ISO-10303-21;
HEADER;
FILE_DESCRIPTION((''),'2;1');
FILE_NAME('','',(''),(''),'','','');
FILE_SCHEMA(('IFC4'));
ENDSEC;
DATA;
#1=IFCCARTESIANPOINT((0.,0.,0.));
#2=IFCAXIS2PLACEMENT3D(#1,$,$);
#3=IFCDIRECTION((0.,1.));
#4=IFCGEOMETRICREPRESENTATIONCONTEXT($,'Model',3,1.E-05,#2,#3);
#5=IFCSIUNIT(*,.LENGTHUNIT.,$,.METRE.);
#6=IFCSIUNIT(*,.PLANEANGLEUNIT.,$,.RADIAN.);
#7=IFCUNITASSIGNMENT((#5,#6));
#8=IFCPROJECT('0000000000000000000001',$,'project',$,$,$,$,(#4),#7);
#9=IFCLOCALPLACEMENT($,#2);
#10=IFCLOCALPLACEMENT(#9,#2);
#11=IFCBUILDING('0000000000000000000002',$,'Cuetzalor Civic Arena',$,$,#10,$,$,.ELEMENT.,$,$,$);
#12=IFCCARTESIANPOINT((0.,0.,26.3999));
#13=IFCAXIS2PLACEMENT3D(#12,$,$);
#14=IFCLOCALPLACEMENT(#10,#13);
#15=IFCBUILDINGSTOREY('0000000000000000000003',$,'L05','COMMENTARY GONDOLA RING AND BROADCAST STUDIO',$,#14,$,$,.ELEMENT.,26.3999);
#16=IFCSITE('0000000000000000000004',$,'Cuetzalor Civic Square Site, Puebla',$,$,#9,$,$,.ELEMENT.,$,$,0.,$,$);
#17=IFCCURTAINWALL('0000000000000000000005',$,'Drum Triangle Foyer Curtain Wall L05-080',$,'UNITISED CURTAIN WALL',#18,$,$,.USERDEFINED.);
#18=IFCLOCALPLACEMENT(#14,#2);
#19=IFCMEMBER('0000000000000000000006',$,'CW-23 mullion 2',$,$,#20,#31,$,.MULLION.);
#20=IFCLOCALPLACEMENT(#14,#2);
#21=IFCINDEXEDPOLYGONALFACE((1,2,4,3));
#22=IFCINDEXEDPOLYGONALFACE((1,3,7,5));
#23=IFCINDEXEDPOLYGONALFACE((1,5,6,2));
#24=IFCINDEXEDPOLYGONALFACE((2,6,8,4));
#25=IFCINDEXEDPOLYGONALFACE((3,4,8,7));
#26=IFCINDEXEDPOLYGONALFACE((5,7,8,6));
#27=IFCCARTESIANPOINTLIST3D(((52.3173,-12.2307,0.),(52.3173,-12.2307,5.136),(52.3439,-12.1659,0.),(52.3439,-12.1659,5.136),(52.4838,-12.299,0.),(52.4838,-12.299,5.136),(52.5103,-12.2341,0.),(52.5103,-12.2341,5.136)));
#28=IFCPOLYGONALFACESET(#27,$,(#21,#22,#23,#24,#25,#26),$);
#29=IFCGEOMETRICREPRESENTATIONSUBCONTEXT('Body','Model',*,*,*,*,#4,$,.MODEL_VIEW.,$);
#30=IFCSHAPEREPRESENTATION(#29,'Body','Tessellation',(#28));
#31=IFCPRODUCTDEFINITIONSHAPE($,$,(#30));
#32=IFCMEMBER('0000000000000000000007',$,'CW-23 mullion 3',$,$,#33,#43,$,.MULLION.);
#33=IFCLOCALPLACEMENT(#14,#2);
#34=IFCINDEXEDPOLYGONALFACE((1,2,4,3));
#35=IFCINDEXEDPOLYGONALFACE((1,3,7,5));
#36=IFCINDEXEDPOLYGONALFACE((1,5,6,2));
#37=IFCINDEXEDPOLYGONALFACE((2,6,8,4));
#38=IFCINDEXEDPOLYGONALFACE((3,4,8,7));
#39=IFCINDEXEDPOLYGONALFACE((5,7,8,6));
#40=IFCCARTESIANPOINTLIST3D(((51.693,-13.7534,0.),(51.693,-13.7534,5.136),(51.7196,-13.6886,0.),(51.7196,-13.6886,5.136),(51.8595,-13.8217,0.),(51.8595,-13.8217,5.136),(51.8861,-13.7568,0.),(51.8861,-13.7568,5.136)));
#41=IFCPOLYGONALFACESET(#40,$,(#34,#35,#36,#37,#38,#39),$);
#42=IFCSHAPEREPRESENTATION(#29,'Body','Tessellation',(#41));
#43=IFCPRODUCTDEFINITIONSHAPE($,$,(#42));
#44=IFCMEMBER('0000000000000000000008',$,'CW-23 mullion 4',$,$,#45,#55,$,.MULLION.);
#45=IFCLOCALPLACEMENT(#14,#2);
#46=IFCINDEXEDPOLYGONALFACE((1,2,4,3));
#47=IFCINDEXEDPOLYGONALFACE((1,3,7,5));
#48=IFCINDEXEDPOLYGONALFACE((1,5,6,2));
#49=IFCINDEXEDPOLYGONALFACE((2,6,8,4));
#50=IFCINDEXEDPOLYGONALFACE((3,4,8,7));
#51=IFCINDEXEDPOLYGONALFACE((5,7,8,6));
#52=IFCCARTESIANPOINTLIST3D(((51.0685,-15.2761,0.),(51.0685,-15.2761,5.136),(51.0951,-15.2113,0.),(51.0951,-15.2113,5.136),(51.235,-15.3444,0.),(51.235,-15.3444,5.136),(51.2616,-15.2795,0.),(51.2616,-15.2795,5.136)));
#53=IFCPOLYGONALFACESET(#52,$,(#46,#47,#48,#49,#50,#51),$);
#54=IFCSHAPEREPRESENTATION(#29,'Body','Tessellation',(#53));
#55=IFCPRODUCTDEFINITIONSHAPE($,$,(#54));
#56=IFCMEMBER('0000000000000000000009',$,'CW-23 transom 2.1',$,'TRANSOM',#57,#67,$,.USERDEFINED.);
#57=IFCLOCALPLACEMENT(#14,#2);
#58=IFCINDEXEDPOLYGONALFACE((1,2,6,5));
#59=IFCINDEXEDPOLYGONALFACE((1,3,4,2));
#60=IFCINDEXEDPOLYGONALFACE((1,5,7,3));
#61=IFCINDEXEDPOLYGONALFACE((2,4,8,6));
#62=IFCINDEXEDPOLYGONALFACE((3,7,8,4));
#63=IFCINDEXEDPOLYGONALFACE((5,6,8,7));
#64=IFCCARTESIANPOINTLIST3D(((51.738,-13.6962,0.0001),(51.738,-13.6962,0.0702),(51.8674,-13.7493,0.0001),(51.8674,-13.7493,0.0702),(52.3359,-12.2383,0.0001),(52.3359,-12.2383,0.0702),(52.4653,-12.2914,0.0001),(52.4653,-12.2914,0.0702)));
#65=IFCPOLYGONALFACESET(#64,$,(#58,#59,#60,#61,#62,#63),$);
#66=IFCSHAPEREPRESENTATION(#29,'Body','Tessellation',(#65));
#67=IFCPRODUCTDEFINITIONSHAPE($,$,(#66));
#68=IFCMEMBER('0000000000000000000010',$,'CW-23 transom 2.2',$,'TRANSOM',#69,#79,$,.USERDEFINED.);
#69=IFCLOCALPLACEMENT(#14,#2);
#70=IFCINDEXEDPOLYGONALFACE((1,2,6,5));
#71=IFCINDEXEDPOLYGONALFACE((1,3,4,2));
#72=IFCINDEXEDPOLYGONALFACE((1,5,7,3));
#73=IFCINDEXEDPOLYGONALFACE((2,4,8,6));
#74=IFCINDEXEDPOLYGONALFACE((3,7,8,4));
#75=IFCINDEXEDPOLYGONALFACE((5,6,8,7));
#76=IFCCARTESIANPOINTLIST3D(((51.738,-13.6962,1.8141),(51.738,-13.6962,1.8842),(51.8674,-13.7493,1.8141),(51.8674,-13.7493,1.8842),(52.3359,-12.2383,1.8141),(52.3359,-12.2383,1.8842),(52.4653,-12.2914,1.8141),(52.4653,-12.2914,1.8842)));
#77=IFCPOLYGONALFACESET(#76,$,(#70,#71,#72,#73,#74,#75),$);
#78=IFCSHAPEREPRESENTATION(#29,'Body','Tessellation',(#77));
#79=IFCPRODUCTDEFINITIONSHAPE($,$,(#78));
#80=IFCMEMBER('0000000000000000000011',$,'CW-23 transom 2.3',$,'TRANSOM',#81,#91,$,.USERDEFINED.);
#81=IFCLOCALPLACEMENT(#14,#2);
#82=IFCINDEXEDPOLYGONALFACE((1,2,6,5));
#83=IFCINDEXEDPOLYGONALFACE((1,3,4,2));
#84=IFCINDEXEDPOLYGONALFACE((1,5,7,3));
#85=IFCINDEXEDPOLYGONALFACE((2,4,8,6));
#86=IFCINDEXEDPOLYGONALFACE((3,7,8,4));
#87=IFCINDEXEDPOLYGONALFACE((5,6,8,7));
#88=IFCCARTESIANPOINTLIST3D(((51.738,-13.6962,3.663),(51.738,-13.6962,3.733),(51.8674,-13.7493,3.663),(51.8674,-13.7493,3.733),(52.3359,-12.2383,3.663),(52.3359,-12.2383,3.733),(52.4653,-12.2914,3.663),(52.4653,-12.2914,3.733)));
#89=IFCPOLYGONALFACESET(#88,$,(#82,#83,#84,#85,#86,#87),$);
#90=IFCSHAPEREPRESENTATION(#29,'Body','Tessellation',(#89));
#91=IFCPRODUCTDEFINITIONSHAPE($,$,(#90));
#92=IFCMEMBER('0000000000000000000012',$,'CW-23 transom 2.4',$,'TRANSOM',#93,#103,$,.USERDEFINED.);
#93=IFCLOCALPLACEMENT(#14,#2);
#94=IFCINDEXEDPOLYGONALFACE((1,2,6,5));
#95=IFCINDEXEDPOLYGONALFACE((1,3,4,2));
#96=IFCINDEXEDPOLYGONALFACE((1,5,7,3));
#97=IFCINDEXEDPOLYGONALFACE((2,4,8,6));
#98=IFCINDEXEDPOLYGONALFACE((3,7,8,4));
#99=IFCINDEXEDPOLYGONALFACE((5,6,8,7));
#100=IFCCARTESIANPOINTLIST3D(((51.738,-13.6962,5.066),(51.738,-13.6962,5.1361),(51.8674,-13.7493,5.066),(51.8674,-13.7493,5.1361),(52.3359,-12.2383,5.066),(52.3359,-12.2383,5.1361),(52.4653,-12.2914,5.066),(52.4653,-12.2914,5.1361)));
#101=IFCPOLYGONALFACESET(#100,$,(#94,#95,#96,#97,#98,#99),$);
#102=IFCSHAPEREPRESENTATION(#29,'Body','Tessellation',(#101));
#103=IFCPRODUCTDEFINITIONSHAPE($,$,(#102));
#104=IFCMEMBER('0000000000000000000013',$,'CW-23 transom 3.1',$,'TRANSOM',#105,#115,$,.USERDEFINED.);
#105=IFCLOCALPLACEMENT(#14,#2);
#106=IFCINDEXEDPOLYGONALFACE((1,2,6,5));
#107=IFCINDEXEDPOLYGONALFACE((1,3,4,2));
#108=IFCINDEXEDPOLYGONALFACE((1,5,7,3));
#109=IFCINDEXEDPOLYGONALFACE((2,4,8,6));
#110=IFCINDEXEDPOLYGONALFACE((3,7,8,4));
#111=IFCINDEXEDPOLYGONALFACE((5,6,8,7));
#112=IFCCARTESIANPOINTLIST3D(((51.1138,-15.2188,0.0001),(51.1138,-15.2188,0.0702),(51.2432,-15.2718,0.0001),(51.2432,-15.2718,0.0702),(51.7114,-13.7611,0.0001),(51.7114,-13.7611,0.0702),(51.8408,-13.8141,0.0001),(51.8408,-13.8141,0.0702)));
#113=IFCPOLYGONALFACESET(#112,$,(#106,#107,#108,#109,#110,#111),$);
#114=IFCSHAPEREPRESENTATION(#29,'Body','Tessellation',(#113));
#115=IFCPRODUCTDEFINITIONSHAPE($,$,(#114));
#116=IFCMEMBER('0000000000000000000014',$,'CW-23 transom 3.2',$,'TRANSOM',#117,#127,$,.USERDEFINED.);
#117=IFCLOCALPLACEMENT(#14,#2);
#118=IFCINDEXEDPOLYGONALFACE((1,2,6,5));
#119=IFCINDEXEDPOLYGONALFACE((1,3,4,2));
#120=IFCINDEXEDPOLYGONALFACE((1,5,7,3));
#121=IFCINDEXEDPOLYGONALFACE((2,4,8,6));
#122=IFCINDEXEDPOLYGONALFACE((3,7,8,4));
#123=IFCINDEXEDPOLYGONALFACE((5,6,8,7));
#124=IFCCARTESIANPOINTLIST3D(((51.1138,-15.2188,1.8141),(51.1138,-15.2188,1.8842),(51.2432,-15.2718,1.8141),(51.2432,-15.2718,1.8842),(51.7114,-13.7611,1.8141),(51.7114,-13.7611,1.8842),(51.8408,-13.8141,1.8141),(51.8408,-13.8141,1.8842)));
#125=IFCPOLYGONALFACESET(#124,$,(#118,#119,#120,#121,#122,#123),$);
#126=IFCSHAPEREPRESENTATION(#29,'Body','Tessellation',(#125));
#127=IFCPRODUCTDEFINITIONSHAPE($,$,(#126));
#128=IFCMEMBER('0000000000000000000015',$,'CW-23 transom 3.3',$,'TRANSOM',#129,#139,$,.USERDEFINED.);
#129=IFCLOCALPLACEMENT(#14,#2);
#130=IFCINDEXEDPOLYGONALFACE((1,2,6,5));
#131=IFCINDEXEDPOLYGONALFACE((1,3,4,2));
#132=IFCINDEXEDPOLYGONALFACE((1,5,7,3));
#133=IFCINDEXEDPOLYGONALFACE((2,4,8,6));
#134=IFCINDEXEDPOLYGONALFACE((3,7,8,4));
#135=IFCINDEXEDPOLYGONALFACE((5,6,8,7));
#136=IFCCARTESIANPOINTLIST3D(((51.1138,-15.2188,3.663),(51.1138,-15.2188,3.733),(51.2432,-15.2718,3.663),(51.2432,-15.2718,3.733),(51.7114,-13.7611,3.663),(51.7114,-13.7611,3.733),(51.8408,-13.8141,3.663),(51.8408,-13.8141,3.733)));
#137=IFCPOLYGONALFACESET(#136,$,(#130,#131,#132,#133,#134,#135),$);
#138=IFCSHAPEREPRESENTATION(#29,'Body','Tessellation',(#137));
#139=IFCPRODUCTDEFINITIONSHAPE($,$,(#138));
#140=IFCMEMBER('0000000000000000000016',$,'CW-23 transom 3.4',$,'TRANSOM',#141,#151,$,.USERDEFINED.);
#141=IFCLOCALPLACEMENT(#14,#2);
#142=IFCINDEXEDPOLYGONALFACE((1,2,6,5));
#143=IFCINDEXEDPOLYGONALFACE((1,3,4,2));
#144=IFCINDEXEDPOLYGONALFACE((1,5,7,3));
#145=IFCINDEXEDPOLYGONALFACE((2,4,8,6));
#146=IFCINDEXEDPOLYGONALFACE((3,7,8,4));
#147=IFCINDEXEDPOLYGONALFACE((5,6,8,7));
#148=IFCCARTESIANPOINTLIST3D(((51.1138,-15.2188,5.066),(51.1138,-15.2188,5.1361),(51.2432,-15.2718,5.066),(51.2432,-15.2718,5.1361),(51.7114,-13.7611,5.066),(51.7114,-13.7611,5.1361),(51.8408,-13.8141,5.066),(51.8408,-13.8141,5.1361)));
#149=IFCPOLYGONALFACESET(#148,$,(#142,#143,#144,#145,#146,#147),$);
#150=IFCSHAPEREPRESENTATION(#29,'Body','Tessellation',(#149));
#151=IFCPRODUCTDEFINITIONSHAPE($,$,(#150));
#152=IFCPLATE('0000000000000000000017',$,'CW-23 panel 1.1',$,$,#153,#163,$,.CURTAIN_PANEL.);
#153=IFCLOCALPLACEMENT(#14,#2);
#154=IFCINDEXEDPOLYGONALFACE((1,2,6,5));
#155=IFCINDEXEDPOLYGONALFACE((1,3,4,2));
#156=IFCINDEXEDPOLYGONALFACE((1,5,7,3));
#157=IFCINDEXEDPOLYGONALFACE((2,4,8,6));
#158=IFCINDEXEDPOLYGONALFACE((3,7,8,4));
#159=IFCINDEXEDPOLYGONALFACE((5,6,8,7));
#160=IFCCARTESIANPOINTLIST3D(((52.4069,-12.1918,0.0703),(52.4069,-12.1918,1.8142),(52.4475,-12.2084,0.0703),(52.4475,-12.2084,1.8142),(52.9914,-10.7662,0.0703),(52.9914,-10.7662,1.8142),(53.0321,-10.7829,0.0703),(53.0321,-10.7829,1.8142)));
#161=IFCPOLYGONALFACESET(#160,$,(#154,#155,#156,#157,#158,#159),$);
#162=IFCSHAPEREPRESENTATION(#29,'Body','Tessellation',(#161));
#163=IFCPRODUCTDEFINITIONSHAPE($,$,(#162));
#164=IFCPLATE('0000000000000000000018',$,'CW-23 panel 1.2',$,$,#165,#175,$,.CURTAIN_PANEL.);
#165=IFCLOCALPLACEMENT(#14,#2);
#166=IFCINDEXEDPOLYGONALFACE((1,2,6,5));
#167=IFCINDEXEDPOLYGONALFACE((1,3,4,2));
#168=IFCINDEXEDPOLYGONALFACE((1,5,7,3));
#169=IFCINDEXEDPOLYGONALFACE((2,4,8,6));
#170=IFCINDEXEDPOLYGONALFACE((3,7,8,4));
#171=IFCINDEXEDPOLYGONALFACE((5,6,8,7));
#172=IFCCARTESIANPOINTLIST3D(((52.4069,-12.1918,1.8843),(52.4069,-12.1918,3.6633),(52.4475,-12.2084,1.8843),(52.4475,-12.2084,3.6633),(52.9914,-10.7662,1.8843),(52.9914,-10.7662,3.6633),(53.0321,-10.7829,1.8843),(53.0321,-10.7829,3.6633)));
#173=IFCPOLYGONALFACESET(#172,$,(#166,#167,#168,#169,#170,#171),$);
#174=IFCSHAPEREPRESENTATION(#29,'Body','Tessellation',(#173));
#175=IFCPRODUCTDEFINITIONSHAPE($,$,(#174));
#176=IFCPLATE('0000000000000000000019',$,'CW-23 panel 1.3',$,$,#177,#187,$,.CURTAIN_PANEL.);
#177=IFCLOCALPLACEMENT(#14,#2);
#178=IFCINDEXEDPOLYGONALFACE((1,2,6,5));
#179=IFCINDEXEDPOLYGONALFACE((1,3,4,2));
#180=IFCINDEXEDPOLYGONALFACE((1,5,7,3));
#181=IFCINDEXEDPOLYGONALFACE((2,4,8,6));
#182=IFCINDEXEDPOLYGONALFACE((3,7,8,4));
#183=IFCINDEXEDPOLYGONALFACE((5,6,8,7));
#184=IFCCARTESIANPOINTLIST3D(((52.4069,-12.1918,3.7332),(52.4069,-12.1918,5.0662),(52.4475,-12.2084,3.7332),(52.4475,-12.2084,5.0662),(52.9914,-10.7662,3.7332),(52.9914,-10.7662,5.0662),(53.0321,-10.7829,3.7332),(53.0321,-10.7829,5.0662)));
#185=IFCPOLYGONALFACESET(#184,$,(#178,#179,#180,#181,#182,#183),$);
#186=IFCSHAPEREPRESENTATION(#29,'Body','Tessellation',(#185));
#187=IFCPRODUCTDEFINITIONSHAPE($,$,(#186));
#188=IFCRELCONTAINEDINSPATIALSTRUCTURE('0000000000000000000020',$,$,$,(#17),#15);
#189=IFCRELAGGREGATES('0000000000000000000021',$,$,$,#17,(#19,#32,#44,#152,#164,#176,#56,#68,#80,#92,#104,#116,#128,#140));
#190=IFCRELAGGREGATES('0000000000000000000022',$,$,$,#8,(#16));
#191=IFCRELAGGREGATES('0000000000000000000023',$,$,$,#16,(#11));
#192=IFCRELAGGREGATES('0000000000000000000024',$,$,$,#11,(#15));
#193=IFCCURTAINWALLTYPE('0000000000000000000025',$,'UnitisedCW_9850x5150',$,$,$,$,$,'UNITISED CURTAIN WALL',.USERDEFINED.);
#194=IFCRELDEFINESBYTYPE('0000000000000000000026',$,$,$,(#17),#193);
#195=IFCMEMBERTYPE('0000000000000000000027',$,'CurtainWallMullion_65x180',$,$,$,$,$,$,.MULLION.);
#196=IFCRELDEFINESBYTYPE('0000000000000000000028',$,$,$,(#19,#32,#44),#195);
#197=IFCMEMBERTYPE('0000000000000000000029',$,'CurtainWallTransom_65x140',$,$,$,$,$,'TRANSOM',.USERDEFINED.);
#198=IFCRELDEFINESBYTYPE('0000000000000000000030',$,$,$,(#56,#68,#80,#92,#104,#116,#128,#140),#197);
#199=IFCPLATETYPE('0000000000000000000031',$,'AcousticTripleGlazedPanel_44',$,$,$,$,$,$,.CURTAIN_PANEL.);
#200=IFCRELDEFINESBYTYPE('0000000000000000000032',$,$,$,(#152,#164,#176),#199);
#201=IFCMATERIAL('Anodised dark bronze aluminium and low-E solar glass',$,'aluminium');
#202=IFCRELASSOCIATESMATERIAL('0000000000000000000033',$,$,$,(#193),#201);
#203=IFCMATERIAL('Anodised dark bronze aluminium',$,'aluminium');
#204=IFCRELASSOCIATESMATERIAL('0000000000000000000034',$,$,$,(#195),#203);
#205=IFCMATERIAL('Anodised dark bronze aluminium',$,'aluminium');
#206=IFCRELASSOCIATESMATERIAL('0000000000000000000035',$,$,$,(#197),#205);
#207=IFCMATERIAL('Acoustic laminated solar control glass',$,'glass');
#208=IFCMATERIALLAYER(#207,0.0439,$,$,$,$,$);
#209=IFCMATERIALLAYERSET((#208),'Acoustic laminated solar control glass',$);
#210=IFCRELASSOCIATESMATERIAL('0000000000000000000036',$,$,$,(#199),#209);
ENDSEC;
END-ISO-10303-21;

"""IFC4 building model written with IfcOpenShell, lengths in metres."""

from ifc_helpers import new_model, si_unit, direction, frame, origin, origin_2d, place, context, subcontext, project, spatial, rectangle, extrude, material, layer, layer_set, material_profile, profile_set, type_object, element, aggregate, save


model = new_model("IFC4")

# Units and contexts
model_context = context("Model", 3, precision=1e-05, world=origin(), true_north=direction((0.0, 1.0)))
body_context = subcontext(model_context, "Body", "Model", "MODEL_VIEW")
ifc_project = project(units=[si_unit("LENGTHUNIT", "METRE"), si_unit("PLANEANGLEUNIT", "RADIAN")], contexts=[model_context])

# Site, building, storey
site_placement = place(None, origin())
site = spatial("IfcSite", under=ifc_project, at=site_placement, Name="Cuetzalor Civic Square Site, Puebla", CompositionType="ELEMENT", RefElevation=0.0)
building_placement = place(site_placement, origin())
building = spatial("IfcBuilding", under=site, at=building_placement, Name="Cuetzalor Civic Arena", CompositionType="ELEMENT")
storey_placement = place(building_placement, frame((0.0, 0.0, 26.3999)))
storey = spatial("IfcBuildingStorey", under=building, at=storey_placement, Name="L05", Description="COMMENTARY GONDOLA RING AND BROADCAST STUDIO", CompositionType="ELEMENT", Elevation=26.3999)

# Curtain wall, members, plates
ifc_material_1 = material(Name="Anodised dark bronze aluminium and low-E solar glass", Category="aluminium")
curtain_wall_type = type_object("IfcCurtainWallType", Name="UnitisedCW_9850x5150", ElementType="UNITISED CURTAIN WALL", PredefinedType="USERDEFINED", material=ifc_material_1)
curtain_wall_placement = place(storey_placement, origin())
curtain_wall = element("IfcCurtainWall", 1, at=curtain_wall_placement, inside=storey, type_object=curtain_wall_type, Name="Drum Triangle Foyer Curtain Wall L05-080", ObjectType="UNITISED CURTAIN WALL", PredefinedType="USERDEFINED")
ifc_material_2 = material(Name="Anodised dark bronze aluminium", Category="aluminium")
ifc_material_profile_1 = material_profile(ifc_material_2, rectangle(XDim=0.0701, YDim=0.1799, at=origin_2d()), Name="ALU MULLION 70x180")
ifc_profile_set_1 = profile_set([ifc_material_profile_1], Name="Anodised dark bronze aluminium")
member_type_1 = type_object("IfcMemberType", Name="CurtainWallMullion_65x180", PredefinedType="MULLION", material=ifc_profile_set_1)
member_1_placement = place(storey_placement, frame((52.4138, -12.2324, 0.0), z_axis=(0.0, 0.0, 1.0), x_axis=(-0.379391, -0.925236, 0.0)))
member_1 = element("IfcMember", 2, at=member_1_placement, type_object=member_type_1, Name="CW-23 mullion 2", PredefinedType="MULLION", context=body_context, shape_type="SweptSolid", body=[
    extrude(rectangle(XDim=0.0701, YDim=0.1799, at=origin_2d()), origin(), (0.0, 0.0, 1.0), 5.136),
])
member_2_placement = place(storey_placement, frame((51.7896, -13.7551, 0.0), z_axis=(0.0, 0.0, 1.0), x_axis=(-0.379391, -0.925236, 0.0)))
member_2 = element("IfcMember", 3, at=member_2_placement, type_object=member_type_1, Name="CW-23 mullion 3", PredefinedType="MULLION", context=body_context, shape_type="SweptSolid", body=[
    extrude(rectangle(XDim=0.0701, YDim=0.1799, at=origin_2d()), origin(), (0.0, 0.0, 1.0), 5.136),
])
member_3_placement = place(storey_placement, frame((51.165, -15.2778, 0.0), z_axis=(0.0, 0.0, 1.0), x_axis=(-0.379391, -0.925236, 0.0)))
member_3 = element("IfcMember", 4, at=member_3_placement, type_object=member_type_1, Name="CW-23 mullion 4", PredefinedType="MULLION", context=body_context, shape_type="SweptSolid", body=[
    extrude(rectangle(XDim=0.0701, YDim=0.1799, at=origin_2d()), origin(), (0.0, 0.0, 1.0), 5.136),
])
ifc_material_3 = material(Name="Anodised dark bronze aluminium", Category="aluminium")
ifc_material_profile_2 = material_profile(ifc_material_3, rectangle(XDim=0.1399, YDim=0.0701, at=origin_2d()), Name="ALU TRANSOM 70x140")
ifc_profile_set_2 = profile_set([ifc_material_profile_2], Name="Anodised dark bronze aluminium")
member_type_2 = type_object("IfcMemberType", Name="CurtainWallTransom_65x140", ElementType="TRANSOM", PredefinedType="USERDEFINED", material=ifc_profile_set_2)
member_4_placement = place(storey_placement, frame((52.4006, -12.2649, 0.0352), z_axis=(-0.379471, -0.925203, 0.0), x_axis=(0.925203, -0.379471, 0.0)))
member_4 = element("IfcMember", 5, at=member_4_placement, type_object=member_type_2, Name="CW-23 transom 2.1", ObjectType="TRANSOM", PredefinedType="USERDEFINED", context=body_context, shape_type="SweptSolid", body=[
    extrude(rectangle(XDim=0.1399, YDim=0.0701, at=origin_2d()), origin(), (0.0, 0.0, 1.0), 1.5757),
])
member_5_placement = place(storey_placement, frame((52.4006, -12.2649, 1.8491), z_axis=(-0.379471, -0.925203, 0.0), x_axis=(0.925203, -0.379471, 0.0)))
member_5 = element("IfcMember", 6, at=member_5_placement, type_object=member_type_2, Name="CW-23 transom 2.2", ObjectType="TRANSOM", PredefinedType="USERDEFINED", context=body_context, shape_type="SweptSolid", body=[
    extrude(rectangle(XDim=0.1399, YDim=0.0701, at=origin_2d()), origin(), (0.0, 0.0, 1.0), 1.5757),
])
member_6_placement = place(storey_placement, frame((52.4006, -12.2649, 3.698), z_axis=(-0.379471, -0.925203, 0.0), x_axis=(0.925203, -0.379471, 0.0)))
member_6 = element("IfcMember", 7, at=member_6_placement, type_object=member_type_2, Name="CW-23 transom 2.3", ObjectType="TRANSOM", PredefinedType="USERDEFINED", context=body_context, shape_type="SweptSolid", body=[
    extrude(rectangle(XDim=0.1399, YDim=0.0701, at=origin_2d()), origin(), (0.0, 0.0, 1.0), 1.5757),
])
member_7_placement = place(storey_placement, frame((52.4006, -12.2649, 5.1011), z_axis=(-0.379471, -0.925203, 0.0), x_axis=(0.925203, -0.379471, 0.0)))
member_7 = element("IfcMember", 8, at=member_7_placement, type_object=member_type_2, Name="CW-23 transom 2.4", ObjectType="TRANSOM", PredefinedType="USERDEFINED", context=body_context, shape_type="SweptSolid", body=[
    extrude(rectangle(XDim=0.1399, YDim=0.0701, at=origin_2d()), origin(), (0.0, 0.0, 1.0), 1.5757),
])
member_8_placement = place(storey_placement, frame((51.7761, -13.7876, 0.0352), z_axis=(-0.379339, -0.925258, 0.0), x_axis=(0.925258, -0.379339, 0.0)))
member_8 = element("IfcMember", 9, at=member_8_placement, type_object=member_type_2, Name="CW-23 transom 3.1", ObjectType="TRANSOM", PredefinedType="USERDEFINED", context=body_context, shape_type="SweptSolid", body=[
    extrude(rectangle(XDim=0.1399, YDim=0.0701, at=origin_2d()), origin(), (0.0, 0.0, 1.0), 1.5754),
])
member_9_placement = place(storey_placement, frame((51.7761, -13.7876, 1.8491), z_axis=(-0.379339, -0.925258, 0.0), x_axis=(0.925258, -0.379339, 0.0)))
member_9 = element("IfcMember", 10, at=member_9_placement, type_object=member_type_2, Name="CW-23 transom 3.2", ObjectType="TRANSOM", PredefinedType="USERDEFINED", context=body_context, shape_type="SweptSolid", body=[
    extrude(rectangle(XDim=0.1399, YDim=0.0701, at=origin_2d()), origin(), (0.0, 0.0, 1.0), 1.5754),
])
member_10_placement = place(storey_placement, frame((51.7761, -13.7876, 3.698), z_axis=(-0.379339, -0.925258, 0.0), x_axis=(0.925258, -0.379339, 0.0)))
member_10 = element("IfcMember", 11, at=member_10_placement, type_object=member_type_2, Name="CW-23 transom 3.3", ObjectType="TRANSOM", PredefinedType="USERDEFINED", context=body_context, shape_type="SweptSolid", body=[
    extrude(rectangle(XDim=0.1399, YDim=0.0701, at=origin_2d()), origin(), (0.0, 0.0, 1.0), 1.5754),
])
member_11_placement = place(storey_placement, frame((51.7761, -13.7876, 5.1011), z_axis=(-0.379339, -0.925258, 0.0), x_axis=(0.925258, -0.379339, 0.0)))
member_11 = element("IfcMember", 12, at=member_11_placement, type_object=member_type_2, Name="CW-23 transom 3.4", ObjectType="TRANSOM", PredefinedType="USERDEFINED", context=body_context, shape_type="SweptSolid", body=[
    extrude(rectangle(XDim=0.1399, YDim=0.0701, at=origin_2d()), origin(), (0.0, 0.0, 1.0), 1.5754),
])
ifc_material_4 = material(Name="Acoustic laminated solar control glass", Category="glass")
ifc_layer = layer(ifc_material_4, 0.0439)
ifc_layer_set = layer_set([ifc_layer], Name="Acoustic laminated solar control glass")
plate_type = type_object("IfcPlateType", Name="AcousticTripleGlazedPanel_44", PredefinedType="CURTAIN_PANEL", material=ifc_layer_set)
plate_1_placement = place(storey_placement, frame((52.7195, -11.4873, 0.0703), z_axis=(0.0, 0.0, 1.0), x_axis=(-0.379391, -0.925236, 0.0)))
plate_1 = element("IfcPlate", 13, at=plate_1_placement, type_object=plate_type, Name="CW-23 panel 1.1", PredefinedType="CURTAIN_PANEL", context=body_context, shape_type="SweptSolid", body=[
    extrude(rectangle(XDim=1.5408, YDim=0.0439, at=origin_2d()), origin(), (0.0, 0.0, 1.0), 1.7439),
])
plate_2_placement = place(storey_placement, frame((52.7195, -11.4873, 1.8843), z_axis=(0.0, 0.0, 1.0), x_axis=(-0.379391, -0.925236, 0.0)))
plate_2 = element("IfcPlate", 14, at=plate_2_placement, type_object=plate_type, Name="CW-23 panel 1.2", PredefinedType="CURTAIN_PANEL", context=body_context, shape_type="SweptSolid", body=[
    extrude(rectangle(XDim=1.5408, YDim=0.0439, at=origin_2d()), origin(), (0.0, 0.0, 1.0), 1.7791),
])
plate_3_placement = place(storey_placement, frame((52.7195, -11.4873, 3.7332), z_axis=(0.0, 0.0, 1.0), x_axis=(-0.379391, -0.925236, 0.0)))
plate_3 = element("IfcPlate", 15, at=plate_3_placement, type_object=plate_type, Name="CW-23 panel 1.3", PredefinedType="CURTAIN_PANEL", context=body_context, shape_type="SweptSolid", body=[
    extrude(rectangle(XDim=1.5408, YDim=0.0439, at=origin_2d()), origin(), (0.0, 0.0, 1.0), 1.333),
])
aggregate(curtain_wall, [member_1, member_2, member_3, plate_1, plate_2, plate_3, member_4, member_5, member_6, member_7, member_8, member_9, member_10, member_11])

save(model, "model.ifc")
